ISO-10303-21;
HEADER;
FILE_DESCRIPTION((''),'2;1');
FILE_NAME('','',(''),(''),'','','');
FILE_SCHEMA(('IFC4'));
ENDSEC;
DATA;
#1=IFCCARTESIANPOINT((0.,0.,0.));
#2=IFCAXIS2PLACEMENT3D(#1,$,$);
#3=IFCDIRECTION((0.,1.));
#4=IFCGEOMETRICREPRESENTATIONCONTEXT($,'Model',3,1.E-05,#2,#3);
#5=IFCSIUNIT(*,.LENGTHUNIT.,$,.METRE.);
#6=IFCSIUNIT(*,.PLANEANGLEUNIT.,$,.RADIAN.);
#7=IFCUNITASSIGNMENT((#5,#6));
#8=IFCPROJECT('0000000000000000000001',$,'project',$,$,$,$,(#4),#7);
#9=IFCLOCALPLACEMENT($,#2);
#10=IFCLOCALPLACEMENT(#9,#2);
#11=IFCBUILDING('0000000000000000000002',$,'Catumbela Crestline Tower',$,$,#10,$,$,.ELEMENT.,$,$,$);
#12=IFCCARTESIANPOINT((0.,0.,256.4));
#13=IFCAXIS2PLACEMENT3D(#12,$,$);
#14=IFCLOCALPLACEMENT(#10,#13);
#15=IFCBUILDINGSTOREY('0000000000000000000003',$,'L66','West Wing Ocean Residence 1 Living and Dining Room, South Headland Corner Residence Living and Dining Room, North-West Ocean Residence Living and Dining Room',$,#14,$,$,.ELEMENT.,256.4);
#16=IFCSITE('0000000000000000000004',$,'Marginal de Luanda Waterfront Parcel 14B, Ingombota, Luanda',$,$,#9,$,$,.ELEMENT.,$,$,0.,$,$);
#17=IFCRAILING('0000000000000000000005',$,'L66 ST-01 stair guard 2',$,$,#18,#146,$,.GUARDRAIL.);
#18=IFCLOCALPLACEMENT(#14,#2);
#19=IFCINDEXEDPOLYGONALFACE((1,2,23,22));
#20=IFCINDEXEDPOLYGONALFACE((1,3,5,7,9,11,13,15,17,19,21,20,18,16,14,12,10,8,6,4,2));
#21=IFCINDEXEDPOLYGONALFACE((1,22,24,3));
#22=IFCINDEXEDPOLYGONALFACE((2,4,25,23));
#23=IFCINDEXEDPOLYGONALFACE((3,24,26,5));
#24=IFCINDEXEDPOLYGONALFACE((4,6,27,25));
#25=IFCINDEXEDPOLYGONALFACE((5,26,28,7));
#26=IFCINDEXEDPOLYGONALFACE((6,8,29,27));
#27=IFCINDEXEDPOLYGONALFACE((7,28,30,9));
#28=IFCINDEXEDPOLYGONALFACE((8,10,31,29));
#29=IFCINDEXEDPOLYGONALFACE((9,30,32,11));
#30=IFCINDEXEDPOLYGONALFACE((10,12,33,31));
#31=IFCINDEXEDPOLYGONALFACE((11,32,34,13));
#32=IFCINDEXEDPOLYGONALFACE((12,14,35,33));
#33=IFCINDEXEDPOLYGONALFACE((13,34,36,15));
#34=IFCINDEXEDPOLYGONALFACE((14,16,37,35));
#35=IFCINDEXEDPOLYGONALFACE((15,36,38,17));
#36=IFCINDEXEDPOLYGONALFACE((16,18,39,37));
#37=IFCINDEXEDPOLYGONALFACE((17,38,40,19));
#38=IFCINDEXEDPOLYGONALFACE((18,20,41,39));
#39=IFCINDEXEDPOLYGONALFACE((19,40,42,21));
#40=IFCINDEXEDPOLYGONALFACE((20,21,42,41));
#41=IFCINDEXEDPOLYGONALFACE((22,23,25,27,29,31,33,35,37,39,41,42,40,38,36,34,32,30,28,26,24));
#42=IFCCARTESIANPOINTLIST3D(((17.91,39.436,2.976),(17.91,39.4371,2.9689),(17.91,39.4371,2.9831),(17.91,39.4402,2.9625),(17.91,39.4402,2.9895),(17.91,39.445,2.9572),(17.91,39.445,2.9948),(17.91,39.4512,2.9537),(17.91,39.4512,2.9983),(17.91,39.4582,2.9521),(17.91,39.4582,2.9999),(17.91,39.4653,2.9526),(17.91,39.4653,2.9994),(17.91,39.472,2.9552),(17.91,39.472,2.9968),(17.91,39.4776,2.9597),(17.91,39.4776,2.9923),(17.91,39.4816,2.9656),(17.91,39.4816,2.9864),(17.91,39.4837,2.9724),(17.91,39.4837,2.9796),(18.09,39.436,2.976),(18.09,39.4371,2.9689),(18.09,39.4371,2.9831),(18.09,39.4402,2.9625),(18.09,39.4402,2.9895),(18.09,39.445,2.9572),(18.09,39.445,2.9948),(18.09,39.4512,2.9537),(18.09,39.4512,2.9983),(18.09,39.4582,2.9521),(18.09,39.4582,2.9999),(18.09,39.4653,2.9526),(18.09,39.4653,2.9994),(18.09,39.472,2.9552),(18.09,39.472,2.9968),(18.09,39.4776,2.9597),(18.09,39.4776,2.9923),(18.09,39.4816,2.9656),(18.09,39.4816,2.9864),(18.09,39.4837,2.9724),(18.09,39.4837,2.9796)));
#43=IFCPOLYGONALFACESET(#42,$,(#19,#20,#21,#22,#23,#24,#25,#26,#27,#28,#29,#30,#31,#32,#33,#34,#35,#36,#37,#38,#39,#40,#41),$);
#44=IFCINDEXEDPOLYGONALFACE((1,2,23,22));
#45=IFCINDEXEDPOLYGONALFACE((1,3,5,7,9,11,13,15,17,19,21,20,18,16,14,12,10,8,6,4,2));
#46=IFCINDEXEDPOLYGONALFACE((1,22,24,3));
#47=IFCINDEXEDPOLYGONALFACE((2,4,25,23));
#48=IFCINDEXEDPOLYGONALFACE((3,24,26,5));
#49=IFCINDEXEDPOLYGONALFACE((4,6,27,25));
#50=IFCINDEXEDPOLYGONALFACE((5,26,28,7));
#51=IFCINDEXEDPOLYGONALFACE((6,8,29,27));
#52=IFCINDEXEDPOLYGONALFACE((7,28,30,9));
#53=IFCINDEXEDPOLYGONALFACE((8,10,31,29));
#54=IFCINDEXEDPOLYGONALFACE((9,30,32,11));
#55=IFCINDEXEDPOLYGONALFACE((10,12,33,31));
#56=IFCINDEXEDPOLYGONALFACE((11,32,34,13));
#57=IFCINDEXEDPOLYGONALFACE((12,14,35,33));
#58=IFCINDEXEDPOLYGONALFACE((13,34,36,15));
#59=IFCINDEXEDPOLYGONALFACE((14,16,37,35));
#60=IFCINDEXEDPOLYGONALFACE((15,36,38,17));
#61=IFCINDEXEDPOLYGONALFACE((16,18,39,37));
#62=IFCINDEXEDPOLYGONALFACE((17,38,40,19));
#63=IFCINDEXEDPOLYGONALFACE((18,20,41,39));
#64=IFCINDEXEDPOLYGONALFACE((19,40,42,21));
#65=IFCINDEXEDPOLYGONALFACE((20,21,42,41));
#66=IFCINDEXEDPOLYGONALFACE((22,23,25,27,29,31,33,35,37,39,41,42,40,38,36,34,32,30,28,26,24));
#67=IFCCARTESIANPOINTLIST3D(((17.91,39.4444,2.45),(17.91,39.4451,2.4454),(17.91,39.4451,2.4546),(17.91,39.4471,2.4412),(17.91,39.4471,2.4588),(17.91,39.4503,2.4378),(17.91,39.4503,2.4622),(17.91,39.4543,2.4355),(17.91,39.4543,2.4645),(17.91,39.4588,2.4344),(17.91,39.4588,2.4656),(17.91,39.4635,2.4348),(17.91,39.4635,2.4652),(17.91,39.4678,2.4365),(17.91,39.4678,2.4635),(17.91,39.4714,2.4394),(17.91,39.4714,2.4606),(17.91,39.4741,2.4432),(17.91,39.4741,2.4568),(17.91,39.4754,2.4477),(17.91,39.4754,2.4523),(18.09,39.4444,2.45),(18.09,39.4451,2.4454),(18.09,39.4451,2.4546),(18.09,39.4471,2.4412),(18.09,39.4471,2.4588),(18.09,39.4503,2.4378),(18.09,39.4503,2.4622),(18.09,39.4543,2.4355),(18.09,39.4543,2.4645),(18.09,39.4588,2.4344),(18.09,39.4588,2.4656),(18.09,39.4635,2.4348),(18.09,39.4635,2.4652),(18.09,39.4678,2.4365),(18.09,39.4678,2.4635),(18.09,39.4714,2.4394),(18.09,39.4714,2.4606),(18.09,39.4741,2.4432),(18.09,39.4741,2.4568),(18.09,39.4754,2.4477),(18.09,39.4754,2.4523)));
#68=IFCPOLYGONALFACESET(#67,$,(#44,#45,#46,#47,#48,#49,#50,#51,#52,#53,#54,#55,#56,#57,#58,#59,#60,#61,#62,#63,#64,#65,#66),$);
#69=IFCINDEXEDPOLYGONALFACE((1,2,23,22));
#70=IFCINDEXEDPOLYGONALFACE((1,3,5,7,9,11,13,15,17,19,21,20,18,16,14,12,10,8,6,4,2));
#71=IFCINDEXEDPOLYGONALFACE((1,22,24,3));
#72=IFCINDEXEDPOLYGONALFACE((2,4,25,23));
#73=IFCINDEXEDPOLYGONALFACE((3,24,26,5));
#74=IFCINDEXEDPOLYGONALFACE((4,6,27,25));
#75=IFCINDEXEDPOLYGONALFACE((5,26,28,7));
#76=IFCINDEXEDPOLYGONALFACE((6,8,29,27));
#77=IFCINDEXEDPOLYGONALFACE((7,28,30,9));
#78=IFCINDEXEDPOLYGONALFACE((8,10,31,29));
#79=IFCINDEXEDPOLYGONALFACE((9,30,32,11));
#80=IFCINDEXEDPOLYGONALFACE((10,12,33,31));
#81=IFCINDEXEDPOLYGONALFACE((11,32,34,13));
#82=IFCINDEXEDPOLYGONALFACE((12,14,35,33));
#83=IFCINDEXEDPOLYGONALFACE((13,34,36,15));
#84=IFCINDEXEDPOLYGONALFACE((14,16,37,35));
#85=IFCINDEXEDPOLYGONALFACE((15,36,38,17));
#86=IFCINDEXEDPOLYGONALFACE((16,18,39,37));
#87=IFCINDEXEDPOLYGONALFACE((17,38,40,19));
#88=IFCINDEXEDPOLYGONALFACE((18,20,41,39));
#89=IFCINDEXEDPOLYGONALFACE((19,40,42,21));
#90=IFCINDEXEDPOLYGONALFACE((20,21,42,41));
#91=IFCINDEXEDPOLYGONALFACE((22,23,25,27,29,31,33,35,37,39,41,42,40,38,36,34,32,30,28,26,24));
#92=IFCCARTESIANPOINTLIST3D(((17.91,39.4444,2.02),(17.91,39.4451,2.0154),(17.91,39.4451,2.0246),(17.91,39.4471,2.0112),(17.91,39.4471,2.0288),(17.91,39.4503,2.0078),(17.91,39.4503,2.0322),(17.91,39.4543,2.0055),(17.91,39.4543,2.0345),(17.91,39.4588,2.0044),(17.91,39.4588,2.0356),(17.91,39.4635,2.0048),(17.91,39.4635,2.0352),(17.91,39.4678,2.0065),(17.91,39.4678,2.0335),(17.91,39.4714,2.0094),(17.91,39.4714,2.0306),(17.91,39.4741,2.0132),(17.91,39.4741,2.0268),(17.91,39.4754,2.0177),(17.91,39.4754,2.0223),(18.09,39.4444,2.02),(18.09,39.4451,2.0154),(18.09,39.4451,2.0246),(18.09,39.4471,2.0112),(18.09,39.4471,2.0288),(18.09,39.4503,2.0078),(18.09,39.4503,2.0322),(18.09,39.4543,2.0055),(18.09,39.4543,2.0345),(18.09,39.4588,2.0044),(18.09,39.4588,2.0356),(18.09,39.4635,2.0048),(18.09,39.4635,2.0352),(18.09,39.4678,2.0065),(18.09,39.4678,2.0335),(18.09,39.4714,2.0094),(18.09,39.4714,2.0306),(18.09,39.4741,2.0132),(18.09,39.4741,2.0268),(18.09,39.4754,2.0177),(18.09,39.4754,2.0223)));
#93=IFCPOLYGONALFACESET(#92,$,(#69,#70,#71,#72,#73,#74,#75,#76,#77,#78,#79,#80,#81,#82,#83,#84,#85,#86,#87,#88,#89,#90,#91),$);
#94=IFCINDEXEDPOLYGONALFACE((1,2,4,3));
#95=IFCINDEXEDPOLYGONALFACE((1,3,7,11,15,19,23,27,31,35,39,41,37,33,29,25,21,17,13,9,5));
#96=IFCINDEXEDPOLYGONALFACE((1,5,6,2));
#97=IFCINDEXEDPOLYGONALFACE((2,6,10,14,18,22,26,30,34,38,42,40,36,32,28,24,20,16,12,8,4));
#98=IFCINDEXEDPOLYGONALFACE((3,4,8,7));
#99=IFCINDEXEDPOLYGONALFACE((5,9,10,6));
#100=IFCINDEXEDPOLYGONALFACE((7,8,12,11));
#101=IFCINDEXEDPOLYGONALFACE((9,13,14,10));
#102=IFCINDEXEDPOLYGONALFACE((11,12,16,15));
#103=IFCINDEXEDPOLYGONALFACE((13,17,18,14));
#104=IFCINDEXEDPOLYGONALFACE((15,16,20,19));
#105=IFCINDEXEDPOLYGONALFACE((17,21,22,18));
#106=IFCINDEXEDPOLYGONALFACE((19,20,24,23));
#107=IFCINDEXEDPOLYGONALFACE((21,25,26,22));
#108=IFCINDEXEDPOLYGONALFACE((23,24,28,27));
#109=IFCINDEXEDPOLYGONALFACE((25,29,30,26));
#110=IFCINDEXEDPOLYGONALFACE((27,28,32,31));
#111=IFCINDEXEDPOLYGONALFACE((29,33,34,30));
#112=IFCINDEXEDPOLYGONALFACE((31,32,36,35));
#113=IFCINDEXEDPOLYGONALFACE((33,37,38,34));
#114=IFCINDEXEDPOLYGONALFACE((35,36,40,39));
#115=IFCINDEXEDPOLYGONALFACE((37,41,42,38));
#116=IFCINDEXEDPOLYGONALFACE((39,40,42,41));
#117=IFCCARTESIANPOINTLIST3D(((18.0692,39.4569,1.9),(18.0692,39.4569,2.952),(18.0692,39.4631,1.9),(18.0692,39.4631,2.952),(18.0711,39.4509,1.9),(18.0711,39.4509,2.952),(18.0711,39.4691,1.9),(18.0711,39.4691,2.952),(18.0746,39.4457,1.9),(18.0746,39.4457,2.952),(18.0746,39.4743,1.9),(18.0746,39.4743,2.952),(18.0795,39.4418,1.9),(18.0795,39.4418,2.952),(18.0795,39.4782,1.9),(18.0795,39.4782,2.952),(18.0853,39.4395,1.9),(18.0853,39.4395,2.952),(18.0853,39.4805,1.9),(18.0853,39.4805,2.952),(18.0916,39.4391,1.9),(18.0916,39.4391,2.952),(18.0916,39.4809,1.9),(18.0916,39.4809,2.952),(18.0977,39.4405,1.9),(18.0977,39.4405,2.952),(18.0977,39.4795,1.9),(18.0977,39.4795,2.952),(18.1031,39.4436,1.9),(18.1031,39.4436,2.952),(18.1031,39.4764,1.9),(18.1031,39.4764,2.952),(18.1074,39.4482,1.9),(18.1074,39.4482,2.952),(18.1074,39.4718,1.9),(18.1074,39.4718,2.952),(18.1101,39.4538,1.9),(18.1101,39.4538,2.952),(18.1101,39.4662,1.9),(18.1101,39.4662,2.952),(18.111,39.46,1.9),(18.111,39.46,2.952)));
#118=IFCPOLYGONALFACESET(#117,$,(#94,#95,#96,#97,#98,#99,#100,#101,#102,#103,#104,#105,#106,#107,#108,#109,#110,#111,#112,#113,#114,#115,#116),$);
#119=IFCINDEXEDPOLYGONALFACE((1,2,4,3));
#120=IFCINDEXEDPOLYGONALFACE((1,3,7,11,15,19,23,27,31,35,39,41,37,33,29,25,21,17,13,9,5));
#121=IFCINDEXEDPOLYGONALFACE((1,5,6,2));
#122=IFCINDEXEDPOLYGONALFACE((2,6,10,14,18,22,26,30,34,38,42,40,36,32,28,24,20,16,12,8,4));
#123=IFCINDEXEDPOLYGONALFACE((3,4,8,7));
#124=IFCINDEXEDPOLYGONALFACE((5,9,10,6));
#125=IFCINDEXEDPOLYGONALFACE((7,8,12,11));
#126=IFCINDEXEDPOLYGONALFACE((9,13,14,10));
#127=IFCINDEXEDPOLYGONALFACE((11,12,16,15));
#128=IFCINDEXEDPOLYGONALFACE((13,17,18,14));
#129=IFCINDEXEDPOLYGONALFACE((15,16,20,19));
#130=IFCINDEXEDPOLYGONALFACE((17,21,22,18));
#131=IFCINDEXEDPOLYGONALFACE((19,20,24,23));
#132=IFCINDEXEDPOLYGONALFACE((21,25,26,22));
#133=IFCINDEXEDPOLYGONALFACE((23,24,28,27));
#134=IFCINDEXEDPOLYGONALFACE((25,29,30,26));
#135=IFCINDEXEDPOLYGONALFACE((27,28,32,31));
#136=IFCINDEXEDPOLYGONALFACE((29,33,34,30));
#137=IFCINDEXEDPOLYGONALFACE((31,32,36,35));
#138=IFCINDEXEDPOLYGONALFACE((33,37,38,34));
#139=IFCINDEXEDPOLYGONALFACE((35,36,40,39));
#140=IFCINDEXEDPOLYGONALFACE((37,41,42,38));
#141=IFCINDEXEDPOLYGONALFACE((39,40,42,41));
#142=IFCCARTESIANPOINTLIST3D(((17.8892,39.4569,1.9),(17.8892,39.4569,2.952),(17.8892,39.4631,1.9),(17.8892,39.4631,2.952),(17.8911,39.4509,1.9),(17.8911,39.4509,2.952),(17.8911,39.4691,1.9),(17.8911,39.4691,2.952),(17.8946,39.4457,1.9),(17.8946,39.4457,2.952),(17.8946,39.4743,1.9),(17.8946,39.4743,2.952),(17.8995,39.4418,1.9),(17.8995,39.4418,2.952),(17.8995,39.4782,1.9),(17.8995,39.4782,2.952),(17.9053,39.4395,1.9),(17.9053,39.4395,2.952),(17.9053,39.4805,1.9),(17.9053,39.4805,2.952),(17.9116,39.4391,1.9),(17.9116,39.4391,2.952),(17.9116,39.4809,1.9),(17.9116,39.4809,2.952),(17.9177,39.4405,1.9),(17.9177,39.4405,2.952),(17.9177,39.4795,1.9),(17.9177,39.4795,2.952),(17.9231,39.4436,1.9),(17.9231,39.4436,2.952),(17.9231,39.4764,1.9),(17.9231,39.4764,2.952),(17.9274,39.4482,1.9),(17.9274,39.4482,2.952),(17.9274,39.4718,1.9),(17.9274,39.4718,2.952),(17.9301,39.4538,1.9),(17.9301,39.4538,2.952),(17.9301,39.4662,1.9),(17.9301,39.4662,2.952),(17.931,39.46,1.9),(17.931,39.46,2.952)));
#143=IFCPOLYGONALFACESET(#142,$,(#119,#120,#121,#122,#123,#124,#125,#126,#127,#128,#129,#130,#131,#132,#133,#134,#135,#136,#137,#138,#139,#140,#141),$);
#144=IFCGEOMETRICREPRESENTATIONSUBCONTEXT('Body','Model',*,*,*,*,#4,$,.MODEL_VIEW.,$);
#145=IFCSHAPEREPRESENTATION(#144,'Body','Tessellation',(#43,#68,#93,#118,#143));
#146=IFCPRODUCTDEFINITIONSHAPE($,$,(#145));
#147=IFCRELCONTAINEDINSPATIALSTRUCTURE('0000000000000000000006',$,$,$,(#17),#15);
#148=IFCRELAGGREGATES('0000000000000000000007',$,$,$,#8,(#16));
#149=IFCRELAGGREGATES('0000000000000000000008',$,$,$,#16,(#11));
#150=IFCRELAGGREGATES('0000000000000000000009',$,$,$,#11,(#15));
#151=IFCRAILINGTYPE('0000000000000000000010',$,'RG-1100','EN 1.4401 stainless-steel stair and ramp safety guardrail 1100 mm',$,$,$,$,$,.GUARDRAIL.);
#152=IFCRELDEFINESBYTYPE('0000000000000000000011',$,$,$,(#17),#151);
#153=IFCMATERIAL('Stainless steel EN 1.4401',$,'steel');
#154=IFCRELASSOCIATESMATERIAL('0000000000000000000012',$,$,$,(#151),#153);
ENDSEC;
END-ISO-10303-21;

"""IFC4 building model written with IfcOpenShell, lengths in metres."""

from ifc_helpers import new_model, si_unit, direction, frame, origin, origin_2d, place, context, subcontext, project, spatial, circle, extrude, material, type_object, element, save


model = new_model("IFC4")

# Units and contexts
model_context = context("Model", 3, precision=1e-05, world=origin(), true_north=direction((0.0, 1.0)))
body_context = subcontext(model_context, "Body", "Model", "MODEL_VIEW")
ifc_project = project(units=[si_unit("LENGTHUNIT", "METRE"), si_unit("PLANEANGLEUNIT", "RADIAN")], contexts=[model_context])

# Site, building, storey
site_placement = place(None, origin())
site = spatial("IfcSite", under=ifc_project, at=site_placement, Name="Marginal de Luanda Waterfront Parcel 14B, Ingombota, Luanda", CompositionType="ELEMENT", RefElevation=0.0)
building_placement = place(site_placement, origin())
building = spatial("IfcBuilding", under=site, at=building_placement, Name="Catumbela Crestline Tower", CompositionType="ELEMENT")
storey_placement = place(building_placement, frame((0.0, 0.0, 256.4)))
storey = spatial("IfcBuildingStorey", under=building, at=storey_placement, Name="L66", Description="West Wing Ocean Residence 1 Living and Dining Room, South Headland Corner Residence Living and Dining Room, North-West Ocean Residence Living and Dining Room", CompositionType="ELEMENT", Elevation=256.4)

# Shared definitions
ifc_material_1 = material(Name="Stainless steel EN 1.4401", Category="steel")

# Railing
railing_type_1 = type_object("IfcRailingType", Name="RG-1100", Description="EN 1.4401 stainless-steel stair and ramp safety guardrail 1100 mm", PredefinedType="GUARDRAIL", material=ifc_material_1)
railing_1_placement = place(storey_placement, frame((18.09, 39.46, 1.9)))
element("IfcRailing", 1, at=railing_1_placement, inside=storey, type_object=railing_type_1, Name="L66 ST-01 stair guard 2", PredefinedType="GUARDRAIL", context=body_context, shape_type="SweptSolid", body=[
    extrude(circle(Radius=0.024, at=origin_2d()), frame((0.0, 0.0, 1.076), z_axis=(-1.0, 0.0, 0.0), x_axis=(0.0, -1.0, 0.0)), (0.0, 0.0, 1.0), 0.18),
    extrude(circle(Radius=0.0156, at=origin_2d()), frame((0.0, 0.0, 0.55), z_axis=(-1.0, 0.0, 0.0), x_axis=(0.0, -1.0, 0.0)), (0.0, 0.0, 1.0), 0.18),
    extrude(circle(Radius=0.0156, at=origin_2d()), frame((0.0, 0.0, 0.12), z_axis=(-1.0, 0.0, 0.0), x_axis=(0.0, -1.0, 0.0)), (0.0, 0.0, 1.0), 0.18),
    extrude(circle(Radius=0.021, at=origin_2d()), origin(), (0.0, 0.0, 1.0), 1.052),
    extrude(circle(Radius=0.021, at=origin_2d()), frame((-0.18, 0.0, 0.0)), (0.0, 0.0, 1.0), 1.052),
])

save(model, "model.ifc")
